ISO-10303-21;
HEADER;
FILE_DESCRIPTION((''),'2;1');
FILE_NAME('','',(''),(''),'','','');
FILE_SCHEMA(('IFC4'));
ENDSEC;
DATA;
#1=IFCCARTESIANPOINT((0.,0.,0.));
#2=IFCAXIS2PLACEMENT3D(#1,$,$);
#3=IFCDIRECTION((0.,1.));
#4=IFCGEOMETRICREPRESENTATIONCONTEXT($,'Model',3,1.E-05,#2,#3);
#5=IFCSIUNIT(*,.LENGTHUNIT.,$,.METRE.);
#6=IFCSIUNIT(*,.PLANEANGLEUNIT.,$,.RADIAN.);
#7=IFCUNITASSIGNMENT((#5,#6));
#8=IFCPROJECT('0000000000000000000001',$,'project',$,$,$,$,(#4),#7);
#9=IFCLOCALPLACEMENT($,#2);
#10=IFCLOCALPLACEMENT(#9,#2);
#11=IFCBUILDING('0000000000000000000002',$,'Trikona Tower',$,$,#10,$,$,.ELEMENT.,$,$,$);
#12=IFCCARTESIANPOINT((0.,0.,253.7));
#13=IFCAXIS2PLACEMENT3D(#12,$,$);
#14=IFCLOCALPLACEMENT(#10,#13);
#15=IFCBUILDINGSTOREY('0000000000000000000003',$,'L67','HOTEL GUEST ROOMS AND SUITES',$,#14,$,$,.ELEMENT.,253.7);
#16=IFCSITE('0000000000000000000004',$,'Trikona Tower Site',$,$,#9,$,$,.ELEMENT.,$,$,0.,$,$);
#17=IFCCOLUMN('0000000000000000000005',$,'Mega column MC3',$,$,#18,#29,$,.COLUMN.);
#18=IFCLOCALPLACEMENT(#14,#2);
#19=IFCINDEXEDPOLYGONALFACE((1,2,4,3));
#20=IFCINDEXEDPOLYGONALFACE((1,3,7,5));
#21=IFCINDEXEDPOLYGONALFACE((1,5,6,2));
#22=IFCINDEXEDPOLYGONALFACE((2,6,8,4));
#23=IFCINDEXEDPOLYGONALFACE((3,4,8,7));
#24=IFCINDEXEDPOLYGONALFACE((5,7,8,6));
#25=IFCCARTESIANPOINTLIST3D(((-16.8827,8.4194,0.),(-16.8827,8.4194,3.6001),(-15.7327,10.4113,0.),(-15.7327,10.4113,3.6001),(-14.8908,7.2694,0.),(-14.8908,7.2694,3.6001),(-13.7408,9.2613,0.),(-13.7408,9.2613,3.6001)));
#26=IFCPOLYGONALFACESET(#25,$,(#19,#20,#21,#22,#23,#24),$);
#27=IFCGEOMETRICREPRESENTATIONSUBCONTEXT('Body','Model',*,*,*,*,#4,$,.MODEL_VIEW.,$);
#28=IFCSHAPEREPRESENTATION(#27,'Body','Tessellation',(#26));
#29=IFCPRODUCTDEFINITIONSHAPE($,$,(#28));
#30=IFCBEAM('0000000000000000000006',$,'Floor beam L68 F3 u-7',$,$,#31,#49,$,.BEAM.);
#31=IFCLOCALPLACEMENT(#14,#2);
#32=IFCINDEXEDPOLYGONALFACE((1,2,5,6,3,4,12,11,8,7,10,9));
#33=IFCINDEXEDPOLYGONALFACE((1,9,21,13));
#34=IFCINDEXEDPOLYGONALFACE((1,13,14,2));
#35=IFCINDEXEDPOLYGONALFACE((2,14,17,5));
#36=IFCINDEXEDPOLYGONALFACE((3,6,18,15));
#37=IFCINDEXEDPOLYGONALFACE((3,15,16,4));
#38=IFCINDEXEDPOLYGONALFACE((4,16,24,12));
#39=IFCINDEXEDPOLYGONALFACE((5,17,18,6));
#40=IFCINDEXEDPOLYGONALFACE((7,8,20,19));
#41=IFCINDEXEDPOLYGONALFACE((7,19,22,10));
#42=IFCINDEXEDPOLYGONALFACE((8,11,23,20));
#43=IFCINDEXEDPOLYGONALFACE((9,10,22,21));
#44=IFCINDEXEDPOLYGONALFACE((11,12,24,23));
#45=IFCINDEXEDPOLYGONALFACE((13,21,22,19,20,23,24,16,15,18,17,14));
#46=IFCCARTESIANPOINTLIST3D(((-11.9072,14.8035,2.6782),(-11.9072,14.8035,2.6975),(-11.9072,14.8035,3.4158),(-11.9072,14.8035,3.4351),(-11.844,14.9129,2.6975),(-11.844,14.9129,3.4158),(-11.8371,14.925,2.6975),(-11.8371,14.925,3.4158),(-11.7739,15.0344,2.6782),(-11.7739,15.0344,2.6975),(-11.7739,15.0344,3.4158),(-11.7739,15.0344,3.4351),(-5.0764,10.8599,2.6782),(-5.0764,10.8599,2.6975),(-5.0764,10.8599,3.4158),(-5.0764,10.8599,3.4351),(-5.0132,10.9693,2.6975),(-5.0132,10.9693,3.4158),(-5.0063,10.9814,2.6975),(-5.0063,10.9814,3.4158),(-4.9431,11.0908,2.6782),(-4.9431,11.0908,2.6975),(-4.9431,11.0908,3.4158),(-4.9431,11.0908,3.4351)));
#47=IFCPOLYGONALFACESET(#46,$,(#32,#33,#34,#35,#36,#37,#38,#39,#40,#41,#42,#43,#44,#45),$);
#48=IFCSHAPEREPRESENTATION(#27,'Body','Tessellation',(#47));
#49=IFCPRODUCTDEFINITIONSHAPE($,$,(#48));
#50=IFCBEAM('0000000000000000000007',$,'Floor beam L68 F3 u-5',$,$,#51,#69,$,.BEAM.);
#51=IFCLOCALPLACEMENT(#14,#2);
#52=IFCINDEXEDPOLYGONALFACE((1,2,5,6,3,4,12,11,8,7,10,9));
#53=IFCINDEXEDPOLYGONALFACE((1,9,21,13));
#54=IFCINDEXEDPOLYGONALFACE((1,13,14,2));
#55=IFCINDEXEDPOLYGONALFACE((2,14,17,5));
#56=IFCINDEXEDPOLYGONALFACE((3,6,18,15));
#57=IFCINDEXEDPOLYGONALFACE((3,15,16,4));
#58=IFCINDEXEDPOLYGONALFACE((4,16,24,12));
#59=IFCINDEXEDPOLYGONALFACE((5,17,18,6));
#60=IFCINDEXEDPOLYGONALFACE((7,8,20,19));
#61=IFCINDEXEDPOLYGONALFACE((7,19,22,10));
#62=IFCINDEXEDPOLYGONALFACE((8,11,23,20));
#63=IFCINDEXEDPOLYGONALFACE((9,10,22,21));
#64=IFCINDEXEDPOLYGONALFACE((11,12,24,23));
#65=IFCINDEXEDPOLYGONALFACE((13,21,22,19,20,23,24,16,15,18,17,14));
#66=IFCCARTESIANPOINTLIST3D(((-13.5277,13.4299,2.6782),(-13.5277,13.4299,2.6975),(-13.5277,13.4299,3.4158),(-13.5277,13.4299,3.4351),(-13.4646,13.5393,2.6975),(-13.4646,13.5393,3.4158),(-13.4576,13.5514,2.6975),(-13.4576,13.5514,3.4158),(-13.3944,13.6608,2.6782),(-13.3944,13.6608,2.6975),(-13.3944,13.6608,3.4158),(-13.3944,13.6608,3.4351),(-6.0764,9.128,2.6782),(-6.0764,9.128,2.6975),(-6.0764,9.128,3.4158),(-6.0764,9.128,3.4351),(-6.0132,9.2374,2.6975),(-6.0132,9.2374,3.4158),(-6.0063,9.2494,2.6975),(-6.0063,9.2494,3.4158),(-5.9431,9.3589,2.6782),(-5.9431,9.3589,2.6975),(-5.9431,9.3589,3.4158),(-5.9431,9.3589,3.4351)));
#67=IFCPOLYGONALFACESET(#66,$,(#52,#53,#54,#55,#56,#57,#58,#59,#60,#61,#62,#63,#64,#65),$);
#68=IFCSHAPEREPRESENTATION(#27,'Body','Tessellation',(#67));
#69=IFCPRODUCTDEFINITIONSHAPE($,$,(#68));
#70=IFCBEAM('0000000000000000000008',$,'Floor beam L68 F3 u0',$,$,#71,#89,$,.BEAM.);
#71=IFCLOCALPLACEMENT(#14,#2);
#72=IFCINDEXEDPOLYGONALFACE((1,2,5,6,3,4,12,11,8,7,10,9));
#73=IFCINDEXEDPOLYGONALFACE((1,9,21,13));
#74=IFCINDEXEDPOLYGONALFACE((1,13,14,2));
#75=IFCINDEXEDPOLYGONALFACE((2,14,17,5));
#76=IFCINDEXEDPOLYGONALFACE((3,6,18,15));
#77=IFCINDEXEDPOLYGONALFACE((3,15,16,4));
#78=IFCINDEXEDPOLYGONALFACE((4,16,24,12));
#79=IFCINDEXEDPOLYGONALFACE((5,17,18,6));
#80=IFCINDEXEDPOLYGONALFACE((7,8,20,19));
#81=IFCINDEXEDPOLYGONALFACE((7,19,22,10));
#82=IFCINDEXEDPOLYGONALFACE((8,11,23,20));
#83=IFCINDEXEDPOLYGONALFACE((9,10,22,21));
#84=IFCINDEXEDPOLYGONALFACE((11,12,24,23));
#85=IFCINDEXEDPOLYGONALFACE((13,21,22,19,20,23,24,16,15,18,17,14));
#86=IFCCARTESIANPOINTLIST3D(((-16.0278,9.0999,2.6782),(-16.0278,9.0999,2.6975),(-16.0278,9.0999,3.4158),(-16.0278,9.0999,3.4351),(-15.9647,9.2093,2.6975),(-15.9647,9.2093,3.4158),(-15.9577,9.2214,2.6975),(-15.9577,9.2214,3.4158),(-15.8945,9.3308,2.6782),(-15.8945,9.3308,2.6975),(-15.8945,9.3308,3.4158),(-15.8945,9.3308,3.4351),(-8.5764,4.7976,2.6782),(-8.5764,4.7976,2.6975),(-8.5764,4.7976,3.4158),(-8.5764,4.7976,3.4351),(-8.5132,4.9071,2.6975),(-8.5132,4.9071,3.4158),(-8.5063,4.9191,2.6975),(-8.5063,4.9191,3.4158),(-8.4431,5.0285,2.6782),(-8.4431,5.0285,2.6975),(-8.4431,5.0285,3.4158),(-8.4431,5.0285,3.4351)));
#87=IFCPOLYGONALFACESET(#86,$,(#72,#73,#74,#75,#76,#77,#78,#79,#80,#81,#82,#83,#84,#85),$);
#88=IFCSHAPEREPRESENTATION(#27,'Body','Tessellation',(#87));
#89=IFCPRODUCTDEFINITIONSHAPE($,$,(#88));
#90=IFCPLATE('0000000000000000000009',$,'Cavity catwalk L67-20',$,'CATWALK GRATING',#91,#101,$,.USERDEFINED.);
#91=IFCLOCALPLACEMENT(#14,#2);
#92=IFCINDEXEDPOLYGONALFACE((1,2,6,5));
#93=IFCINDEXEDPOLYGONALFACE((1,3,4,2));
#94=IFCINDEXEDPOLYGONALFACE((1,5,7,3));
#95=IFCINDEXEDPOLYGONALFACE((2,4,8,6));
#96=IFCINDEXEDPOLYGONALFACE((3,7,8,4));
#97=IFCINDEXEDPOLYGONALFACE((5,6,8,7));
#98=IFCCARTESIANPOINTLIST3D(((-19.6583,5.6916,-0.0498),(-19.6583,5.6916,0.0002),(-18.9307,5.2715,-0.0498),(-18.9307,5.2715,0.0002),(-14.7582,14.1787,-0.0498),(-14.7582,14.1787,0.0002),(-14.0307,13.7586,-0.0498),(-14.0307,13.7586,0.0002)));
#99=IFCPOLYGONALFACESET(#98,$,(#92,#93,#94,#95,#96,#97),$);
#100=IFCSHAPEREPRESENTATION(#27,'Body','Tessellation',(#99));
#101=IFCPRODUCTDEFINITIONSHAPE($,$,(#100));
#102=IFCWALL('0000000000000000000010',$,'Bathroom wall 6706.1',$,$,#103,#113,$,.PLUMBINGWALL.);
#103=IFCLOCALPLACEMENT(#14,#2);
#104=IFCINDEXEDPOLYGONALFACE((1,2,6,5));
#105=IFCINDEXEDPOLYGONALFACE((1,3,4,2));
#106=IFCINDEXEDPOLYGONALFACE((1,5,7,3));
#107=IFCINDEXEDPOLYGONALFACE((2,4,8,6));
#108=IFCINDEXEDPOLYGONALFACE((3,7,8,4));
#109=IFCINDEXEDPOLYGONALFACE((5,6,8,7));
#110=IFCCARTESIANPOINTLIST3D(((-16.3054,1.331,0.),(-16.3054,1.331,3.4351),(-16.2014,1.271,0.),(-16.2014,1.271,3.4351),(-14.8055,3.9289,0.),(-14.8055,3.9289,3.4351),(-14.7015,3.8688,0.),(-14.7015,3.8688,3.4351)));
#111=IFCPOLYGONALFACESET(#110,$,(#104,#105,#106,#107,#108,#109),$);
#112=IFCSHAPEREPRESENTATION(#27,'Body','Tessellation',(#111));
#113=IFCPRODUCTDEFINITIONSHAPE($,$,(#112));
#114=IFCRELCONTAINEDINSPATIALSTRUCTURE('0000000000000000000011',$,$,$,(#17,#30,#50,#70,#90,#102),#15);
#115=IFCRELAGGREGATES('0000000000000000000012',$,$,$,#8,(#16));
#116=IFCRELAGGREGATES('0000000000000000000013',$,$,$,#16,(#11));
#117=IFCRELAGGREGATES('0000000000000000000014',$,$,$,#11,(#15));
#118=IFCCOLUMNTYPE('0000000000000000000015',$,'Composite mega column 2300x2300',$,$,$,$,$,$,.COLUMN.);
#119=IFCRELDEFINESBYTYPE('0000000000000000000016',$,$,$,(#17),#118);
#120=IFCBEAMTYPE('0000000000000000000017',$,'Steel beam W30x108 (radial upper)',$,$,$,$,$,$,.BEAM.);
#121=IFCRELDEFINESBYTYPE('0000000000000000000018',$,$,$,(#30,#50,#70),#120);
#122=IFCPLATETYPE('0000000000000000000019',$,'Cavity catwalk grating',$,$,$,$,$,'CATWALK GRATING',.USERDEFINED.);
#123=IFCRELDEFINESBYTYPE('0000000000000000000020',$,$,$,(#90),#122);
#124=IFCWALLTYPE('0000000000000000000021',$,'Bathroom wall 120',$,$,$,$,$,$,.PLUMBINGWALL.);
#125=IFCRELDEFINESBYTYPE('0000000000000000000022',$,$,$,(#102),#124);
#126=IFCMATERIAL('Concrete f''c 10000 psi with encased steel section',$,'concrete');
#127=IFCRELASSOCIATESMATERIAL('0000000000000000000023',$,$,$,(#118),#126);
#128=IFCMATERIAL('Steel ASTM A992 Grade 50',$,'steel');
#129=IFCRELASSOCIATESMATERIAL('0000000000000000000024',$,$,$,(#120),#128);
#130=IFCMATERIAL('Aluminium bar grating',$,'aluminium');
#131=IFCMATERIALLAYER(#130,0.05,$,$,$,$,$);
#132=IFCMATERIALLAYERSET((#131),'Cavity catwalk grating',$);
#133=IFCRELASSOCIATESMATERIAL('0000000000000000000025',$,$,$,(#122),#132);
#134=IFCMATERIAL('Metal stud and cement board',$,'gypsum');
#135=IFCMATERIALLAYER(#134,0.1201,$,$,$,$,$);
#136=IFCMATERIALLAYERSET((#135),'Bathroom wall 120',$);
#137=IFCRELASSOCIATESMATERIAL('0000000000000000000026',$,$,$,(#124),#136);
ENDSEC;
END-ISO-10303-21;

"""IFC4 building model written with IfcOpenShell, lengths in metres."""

from ifc_helpers import new_model, si_unit, direction, frame, frame_2d, origin, origin_2d, place, context, subcontext, project, spatial, rectangle, i_section, extrude, material, layer, layer_set, material_profile, profile_set, type_object, element, save


model = new_model("IFC4")

# Units and contexts
model_context = context("Model", 3, precision=1e-05, world=origin(), true_north=direction((0.0, 1.0)))
body_context = subcontext(model_context, "Body", "Model", "MODEL_VIEW")
ifc_project = project(units=[si_unit("LENGTHUNIT", "METRE"), si_unit("PLANEANGLEUNIT", "RADIAN")], contexts=[model_context])

# Site, building, storey
site_placement = place(None, origin())
site = spatial("IfcSite", under=ifc_project, at=site_placement, Name="Trikona Tower Site", CompositionType="ELEMENT", RefElevation=0.0)
building_placement = place(site_placement, origin())
building = spatial("IfcBuilding", under=site, at=building_placement, Name="Trikona Tower", CompositionType="ELEMENT")
storey_placement = place(building_placement, frame((0.0, 0.0, 253.7)))
storey = spatial("IfcBuildingStorey", under=building, at=storey_placement, Name="L67", Description="HOTEL GUEST ROOMS AND SUITES", CompositionType="ELEMENT", Elevation=253.7)

# Column
ifc_material_1 = material(Name="Concrete f'c 10000 psi with encased steel section", Category="concrete")
ifc_material_profile_1 = material_profile(ifc_material_1, rectangle(XDim=2.3, YDim=2.3, at=origin_2d()), Name="MC2300")
ifc_profile_set_1 = profile_set([ifc_material_profile_1], Name="Concrete f'c 10000 psi with encased steel section")
column_type = type_object("IfcColumnType", Name="Composite mega column 2300x2300", PredefinedType="COLUMN", material=ifc_profile_set_1)
column_placement = place(storey_placement, frame((-15.3118, 8.8403, 0.0), z_axis=(0.0, 0.0, 1.0), x_axis=(-0.866025, 0.5, 0.0)))
element("IfcColumn", 1, at=column_placement, inside=storey, type_object=column_type, Name="Mega column MC3", PredefinedType="COLUMN", context=body_context, shape_type="SweptSolid", body=[
    extrude(rectangle(XDim=2.3, YDim=2.3, at=origin_2d()), origin(), (0.0, 0.0, 1.0), 3.6001),
])

# Beams
ifc_material_2 = material(Name="Steel ASTM A992 Grade 50", Category="steel")
ifc_material_profile_2 = material_profile(ifc_material_2, i_section(OverallWidth=0.2666, OverallDepth=0.7568, WebThickness=0.0139, FlangeThickness=0.0193, at=origin_2d()), Name="W30X108")
ifc_profile_set_2 = profile_set([ifc_material_profile_2], Name="Steel ASTM A992 Grade 50")
beam_type = type_object("IfcBeamType", Name="Steel beam W30x108 (radial upper)", PredefinedType="BEAM", material=ifc_profile_set_2)
beam_1_placement = place(storey_placement, frame((-5.0098, 10.9753, 3.0566), z_axis=(-0.866035, 0.499984, 0.0), x_axis=(-0.499984, -0.866035, 0.0)))
element("IfcBeam", 2, at=beam_1_placement, inside=storey, type_object=beam_type, Name="Floor beam L68 F3 u-7", PredefinedType="BEAM", context=body_context, shape_type="SweptSolid", body=[
    extrude(i_section(OverallWidth=0.2666, OverallDepth=0.7568, WebThickness=0.0139, FlangeThickness=0.0193, at=origin_2d()), origin(), (0.0, 0.0, 1.0), 7.8875),
])
beam_2_placement = place(storey_placement, frame((-6.0098, 9.2434, 3.0566), z_axis=(-0.866029, 0.499993, 0.0), x_axis=(-0.499993, -0.866029, 0.0)))
element("IfcBeam", 3, at=beam_2_placement, inside=storey, type_object=beam_type, Name="Floor beam L68 F3 u-5", PredefinedType="BEAM", context=body_context, shape_type="SweptSolid", body=[
    extrude(i_section(OverallWidth=0.2666, OverallDepth=0.7568, WebThickness=0.0139, FlangeThickness=0.0193, at=origin_2d()), origin(), (0.0, 0.0, 1.0), 8.604),
])
beam_3_placement = place(storey_placement, frame((-8.5098, 4.9131, 3.0566), z_axis=(-0.866017, 0.500015, 0.0), x_axis=(-0.500015, -0.866017, 0.0)))
element("IfcBeam", 4, at=beam_3_placement, inside=storey, type_object=beam_type, Name="Floor beam L68 F3 u0", PredefinedType="BEAM", context=body_context, shape_type="SweptSolid", body=[
    extrude(i_section(OverallWidth=0.2666, OverallDepth=0.7568, WebThickness=0.0139, FlangeThickness=0.0193, at=origin_2d()), origin(), (0.0, 0.0, 1.0), 8.6042),
])

# Plate
ifc_material_3 = material(Name="Aluminium bar grating", Category="aluminium")
ifc_layer_1 = layer(ifc_material_3, 0.05)
ifc_layer_set_1 = layer_set([ifc_layer_1], Name="Cavity catwalk grating")
plate_type = type_object("IfcPlateType", Name="Cavity catwalk grating", ElementType="CATWALK GRATING", PredefinedType="USERDEFINED", material=ifc_layer_set_1)
plate_placement = place(storey_placement, frame((-16.8445, 9.7251, -0.0498), z_axis=(0.0, 0.0, 1.0), x_axis=(-0.499998, -0.866026, 0.0)))
element("IfcPlate", 5, at=plate_placement, inside=storey, type_object=plate_type, Name="Cavity catwalk L67-20", ObjectType="CATWALK GRATING", PredefinedType="USERDEFINED", context=body_context, shape_type="SweptSolid", body=[
    extrude(rectangle(XDim=9.8, YDim=0.8401, at=origin_2d()), origin(), (0.0, 0.0, 1.0), 0.05),
])

# Wall
ifc_material_4 = material(Name="Metal stud and cement board", Category="gypsum")
ifc_layer_2 = layer(ifc_material_4, 0.1201)
ifc_layer_set_2 = layer_set([ifc_layer_2], Name="Bathroom wall 120")
wall_type_1 = type_object("IfcWallType", Name="Bathroom wall 120", PredefinedType="PLUMBINGWALL", material=ifc_layer_set_2)
wall_1_placement = place(storey_placement, frame((-14.7534, 3.8989, 0.0), z_axis=(0.0, 0.0, 1.0), x_axis=(-0.500025, -0.866011, 0.0)))
element("IfcWall", 6, at=wall_1_placement, inside=storey, type_object=wall_type_1, Name="Bathroom wall 6706.1", PredefinedType="PLUMBINGWALL", context=body_context, shape_type="SweptSolid", body=[
    extrude(rectangle(XDim=2.9998, YDim=0.1201, at=frame_2d((1.5, 0.0))), origin(), (0.0, 0.0, 1.0), 3.4351),
])

save(model, "model.ifc")
